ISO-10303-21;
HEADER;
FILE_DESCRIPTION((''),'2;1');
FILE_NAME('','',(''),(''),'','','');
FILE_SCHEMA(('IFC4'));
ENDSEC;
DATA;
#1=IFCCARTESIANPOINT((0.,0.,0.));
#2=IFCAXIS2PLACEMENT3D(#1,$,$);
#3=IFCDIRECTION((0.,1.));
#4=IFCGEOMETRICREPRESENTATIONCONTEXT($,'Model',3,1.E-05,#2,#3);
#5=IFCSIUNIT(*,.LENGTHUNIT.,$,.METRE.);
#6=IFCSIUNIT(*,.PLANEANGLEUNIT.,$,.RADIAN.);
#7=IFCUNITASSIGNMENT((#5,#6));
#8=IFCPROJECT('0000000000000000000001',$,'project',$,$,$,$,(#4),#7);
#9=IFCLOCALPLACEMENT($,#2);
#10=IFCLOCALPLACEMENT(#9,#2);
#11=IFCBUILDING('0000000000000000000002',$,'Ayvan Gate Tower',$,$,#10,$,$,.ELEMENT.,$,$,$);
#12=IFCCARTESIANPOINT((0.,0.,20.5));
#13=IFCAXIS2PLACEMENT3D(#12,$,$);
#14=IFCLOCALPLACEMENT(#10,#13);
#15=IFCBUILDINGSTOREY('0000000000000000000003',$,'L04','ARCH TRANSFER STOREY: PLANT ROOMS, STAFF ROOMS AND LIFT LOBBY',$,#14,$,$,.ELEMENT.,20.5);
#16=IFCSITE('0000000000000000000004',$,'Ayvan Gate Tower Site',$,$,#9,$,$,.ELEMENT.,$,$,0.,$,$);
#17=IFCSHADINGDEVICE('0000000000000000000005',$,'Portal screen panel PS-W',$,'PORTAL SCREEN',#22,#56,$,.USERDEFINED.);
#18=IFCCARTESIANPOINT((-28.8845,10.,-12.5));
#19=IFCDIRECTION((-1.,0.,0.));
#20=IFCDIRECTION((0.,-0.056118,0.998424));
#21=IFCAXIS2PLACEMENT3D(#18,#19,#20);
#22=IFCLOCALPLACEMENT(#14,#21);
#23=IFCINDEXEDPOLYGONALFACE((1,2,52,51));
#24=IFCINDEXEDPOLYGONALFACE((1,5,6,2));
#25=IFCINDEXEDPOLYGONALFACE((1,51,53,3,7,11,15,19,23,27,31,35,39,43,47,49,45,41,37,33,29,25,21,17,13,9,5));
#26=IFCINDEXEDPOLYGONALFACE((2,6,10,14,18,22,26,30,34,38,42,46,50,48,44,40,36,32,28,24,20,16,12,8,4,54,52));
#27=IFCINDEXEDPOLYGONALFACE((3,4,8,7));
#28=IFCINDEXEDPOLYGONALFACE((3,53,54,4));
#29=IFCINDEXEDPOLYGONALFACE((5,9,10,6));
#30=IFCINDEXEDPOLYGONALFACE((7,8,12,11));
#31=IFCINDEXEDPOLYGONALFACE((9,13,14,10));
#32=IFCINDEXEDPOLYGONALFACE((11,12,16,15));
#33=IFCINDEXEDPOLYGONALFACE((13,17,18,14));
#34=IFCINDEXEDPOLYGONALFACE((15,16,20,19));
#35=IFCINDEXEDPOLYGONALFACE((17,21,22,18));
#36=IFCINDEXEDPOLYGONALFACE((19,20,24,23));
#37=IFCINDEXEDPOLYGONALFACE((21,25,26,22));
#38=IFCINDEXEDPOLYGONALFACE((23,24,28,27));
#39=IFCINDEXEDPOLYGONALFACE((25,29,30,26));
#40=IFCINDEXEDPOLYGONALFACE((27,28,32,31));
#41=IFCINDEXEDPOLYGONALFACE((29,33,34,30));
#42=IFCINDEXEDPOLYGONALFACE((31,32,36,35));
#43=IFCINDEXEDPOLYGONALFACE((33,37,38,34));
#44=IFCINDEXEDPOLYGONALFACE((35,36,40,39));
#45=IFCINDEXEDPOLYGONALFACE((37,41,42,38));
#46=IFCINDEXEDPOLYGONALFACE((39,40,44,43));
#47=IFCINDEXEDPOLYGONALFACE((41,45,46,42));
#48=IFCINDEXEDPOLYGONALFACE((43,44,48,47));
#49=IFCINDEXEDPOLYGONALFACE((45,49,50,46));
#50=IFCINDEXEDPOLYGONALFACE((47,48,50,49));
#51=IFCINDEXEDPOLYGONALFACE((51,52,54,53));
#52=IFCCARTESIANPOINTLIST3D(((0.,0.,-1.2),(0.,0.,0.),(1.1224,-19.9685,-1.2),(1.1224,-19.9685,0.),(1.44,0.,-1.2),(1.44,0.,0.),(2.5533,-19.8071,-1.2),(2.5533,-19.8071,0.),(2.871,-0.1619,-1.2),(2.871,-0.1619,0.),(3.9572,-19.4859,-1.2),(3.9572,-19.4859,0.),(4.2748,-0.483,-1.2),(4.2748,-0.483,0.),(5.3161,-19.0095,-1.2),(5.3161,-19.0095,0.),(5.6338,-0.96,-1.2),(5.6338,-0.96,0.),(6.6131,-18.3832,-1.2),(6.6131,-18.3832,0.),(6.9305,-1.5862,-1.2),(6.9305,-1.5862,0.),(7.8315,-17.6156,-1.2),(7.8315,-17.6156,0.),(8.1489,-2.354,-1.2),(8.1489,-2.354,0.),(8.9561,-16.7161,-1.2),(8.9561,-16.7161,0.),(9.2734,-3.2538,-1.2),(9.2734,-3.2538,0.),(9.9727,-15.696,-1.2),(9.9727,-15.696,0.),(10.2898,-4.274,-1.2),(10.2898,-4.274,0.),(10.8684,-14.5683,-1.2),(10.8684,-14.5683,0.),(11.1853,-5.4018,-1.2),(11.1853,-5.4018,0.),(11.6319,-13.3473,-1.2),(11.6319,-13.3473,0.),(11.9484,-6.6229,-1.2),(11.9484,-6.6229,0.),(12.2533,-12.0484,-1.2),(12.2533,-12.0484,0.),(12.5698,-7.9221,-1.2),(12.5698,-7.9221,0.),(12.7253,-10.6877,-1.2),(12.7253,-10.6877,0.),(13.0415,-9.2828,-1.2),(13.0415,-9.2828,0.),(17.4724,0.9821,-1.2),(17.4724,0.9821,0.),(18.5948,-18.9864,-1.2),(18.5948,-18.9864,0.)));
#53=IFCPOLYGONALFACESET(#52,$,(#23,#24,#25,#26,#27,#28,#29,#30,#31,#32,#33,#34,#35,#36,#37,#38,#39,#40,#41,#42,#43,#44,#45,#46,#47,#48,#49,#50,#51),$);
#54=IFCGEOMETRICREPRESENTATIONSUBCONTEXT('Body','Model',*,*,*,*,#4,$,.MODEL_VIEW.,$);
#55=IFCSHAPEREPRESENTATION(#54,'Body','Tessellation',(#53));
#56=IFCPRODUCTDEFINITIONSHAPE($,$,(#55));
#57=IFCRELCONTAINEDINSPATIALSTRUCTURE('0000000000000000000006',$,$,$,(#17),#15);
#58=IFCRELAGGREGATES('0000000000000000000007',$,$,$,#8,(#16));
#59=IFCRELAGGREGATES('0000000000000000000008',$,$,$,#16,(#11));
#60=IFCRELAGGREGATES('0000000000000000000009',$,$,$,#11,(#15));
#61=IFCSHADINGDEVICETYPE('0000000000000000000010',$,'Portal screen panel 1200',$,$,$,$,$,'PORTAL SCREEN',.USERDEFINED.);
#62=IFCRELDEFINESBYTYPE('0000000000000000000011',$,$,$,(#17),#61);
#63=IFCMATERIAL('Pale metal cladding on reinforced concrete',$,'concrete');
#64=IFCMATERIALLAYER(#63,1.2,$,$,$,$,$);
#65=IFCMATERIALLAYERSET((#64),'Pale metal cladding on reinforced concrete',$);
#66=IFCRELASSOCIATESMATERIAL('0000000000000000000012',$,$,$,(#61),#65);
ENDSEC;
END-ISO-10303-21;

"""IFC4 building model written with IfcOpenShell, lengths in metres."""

from ifc_helpers import new_model, si_unit, direction, frame, origin, place, context, subcontext, project, spatial, polyline, outline, extrude, material, layer, layer_set, type_object, element, save


model = new_model("IFC4")

# Units and contexts
model_context = context("Model", 3, precision=1e-05, world=origin(), true_north=direction((0.0, 1.0)))
body_context = subcontext(model_context, "Body", "Model", "MODEL_VIEW")
ifc_project = project(units=[si_unit("LENGTHUNIT", "METRE"), si_unit("PLANEANGLEUNIT", "RADIAN")], contexts=[model_context])

# Site, building, storey
site_placement = place(None, origin())
site = spatial("IfcSite", under=ifc_project, at=site_placement, Name="Ayvan Gate Tower Site", CompositionType="ELEMENT", RefElevation=0.0)
building_placement = place(site_placement, origin())
building = spatial("IfcBuilding", under=site, at=building_placement, Name="Ayvan Gate Tower", CompositionType="ELEMENT")
storey_placement = place(building_placement, frame((0.0, 0.0, 20.5)))
storey = spatial("IfcBuildingStorey", under=building, at=storey_placement, Name="L04", Description="ARCH TRANSFER STOREY: PLANT ROOMS, STAFF ROOMS AND LIFT LOBBY", CompositionType="ELEMENT", Elevation=20.5)

# Shading device
ifc_material_1 = material(Name="Pale metal cladding on reinforced concrete", Category="concrete")
ifc_layer_1 = layer(ifc_material_1, 1.2)
ifc_layer_set_1 = layer_set([ifc_layer_1], Name="Pale metal cladding on reinforced concrete")
shading_device_type_1 = type_object("IfcShadingDeviceType", Name="Portal screen panel 1200", ElementType="PORTAL SCREEN", PredefinedType="USERDEFINED", material=ifc_layer_set_1)
shading_device_placement = place(storey_placement, frame((-28.8845, 10.0, -12.5), z_axis=(-1.0, 0.0, 0.0), x_axis=(0.0, -0.056118, 0.998424)))
element("IfcShadingDevice", 1, at=shading_device_placement, inside=storey, type_object=shading_device_type_1, Name="Portal screen panel PS-W", ObjectType="PORTAL SCREEN", PredefinedType="USERDEFINED", context=body_context, shape_type="SweptSolid", body=[
    extrude(outline(polyline([(0.0, 0.0), (1.44, 0.0), (2.871, -0.1619), (4.2748, -0.483), (5.6338, -0.96), (6.9305, -1.5862), (8.1489, -2.354), (9.2734, -3.2538), (10.2898, -4.274), (11.1853, -5.4018), (11.9484, -6.6229), (12.5698, -7.9221), (13.0415, -9.2828), (12.7253, -10.6877), (12.2533, -12.0484), (11.6319, -13.3473), (10.8684, -14.5683), (9.9727, -15.696), (8.9561, -16.7161), (7.8315, -17.6156), (6.6131, -18.3832), (5.3161, -19.0095), (3.9572, -19.4859), (2.5533, -19.8071), (1.1224, -19.9685), (18.5948, -18.9864), (17.4724, 0.9821), (0.0, 0.0)])), origin(), (0.0, 0.0, -1.0), 1.2),
])

save(model, "model.ifc")
